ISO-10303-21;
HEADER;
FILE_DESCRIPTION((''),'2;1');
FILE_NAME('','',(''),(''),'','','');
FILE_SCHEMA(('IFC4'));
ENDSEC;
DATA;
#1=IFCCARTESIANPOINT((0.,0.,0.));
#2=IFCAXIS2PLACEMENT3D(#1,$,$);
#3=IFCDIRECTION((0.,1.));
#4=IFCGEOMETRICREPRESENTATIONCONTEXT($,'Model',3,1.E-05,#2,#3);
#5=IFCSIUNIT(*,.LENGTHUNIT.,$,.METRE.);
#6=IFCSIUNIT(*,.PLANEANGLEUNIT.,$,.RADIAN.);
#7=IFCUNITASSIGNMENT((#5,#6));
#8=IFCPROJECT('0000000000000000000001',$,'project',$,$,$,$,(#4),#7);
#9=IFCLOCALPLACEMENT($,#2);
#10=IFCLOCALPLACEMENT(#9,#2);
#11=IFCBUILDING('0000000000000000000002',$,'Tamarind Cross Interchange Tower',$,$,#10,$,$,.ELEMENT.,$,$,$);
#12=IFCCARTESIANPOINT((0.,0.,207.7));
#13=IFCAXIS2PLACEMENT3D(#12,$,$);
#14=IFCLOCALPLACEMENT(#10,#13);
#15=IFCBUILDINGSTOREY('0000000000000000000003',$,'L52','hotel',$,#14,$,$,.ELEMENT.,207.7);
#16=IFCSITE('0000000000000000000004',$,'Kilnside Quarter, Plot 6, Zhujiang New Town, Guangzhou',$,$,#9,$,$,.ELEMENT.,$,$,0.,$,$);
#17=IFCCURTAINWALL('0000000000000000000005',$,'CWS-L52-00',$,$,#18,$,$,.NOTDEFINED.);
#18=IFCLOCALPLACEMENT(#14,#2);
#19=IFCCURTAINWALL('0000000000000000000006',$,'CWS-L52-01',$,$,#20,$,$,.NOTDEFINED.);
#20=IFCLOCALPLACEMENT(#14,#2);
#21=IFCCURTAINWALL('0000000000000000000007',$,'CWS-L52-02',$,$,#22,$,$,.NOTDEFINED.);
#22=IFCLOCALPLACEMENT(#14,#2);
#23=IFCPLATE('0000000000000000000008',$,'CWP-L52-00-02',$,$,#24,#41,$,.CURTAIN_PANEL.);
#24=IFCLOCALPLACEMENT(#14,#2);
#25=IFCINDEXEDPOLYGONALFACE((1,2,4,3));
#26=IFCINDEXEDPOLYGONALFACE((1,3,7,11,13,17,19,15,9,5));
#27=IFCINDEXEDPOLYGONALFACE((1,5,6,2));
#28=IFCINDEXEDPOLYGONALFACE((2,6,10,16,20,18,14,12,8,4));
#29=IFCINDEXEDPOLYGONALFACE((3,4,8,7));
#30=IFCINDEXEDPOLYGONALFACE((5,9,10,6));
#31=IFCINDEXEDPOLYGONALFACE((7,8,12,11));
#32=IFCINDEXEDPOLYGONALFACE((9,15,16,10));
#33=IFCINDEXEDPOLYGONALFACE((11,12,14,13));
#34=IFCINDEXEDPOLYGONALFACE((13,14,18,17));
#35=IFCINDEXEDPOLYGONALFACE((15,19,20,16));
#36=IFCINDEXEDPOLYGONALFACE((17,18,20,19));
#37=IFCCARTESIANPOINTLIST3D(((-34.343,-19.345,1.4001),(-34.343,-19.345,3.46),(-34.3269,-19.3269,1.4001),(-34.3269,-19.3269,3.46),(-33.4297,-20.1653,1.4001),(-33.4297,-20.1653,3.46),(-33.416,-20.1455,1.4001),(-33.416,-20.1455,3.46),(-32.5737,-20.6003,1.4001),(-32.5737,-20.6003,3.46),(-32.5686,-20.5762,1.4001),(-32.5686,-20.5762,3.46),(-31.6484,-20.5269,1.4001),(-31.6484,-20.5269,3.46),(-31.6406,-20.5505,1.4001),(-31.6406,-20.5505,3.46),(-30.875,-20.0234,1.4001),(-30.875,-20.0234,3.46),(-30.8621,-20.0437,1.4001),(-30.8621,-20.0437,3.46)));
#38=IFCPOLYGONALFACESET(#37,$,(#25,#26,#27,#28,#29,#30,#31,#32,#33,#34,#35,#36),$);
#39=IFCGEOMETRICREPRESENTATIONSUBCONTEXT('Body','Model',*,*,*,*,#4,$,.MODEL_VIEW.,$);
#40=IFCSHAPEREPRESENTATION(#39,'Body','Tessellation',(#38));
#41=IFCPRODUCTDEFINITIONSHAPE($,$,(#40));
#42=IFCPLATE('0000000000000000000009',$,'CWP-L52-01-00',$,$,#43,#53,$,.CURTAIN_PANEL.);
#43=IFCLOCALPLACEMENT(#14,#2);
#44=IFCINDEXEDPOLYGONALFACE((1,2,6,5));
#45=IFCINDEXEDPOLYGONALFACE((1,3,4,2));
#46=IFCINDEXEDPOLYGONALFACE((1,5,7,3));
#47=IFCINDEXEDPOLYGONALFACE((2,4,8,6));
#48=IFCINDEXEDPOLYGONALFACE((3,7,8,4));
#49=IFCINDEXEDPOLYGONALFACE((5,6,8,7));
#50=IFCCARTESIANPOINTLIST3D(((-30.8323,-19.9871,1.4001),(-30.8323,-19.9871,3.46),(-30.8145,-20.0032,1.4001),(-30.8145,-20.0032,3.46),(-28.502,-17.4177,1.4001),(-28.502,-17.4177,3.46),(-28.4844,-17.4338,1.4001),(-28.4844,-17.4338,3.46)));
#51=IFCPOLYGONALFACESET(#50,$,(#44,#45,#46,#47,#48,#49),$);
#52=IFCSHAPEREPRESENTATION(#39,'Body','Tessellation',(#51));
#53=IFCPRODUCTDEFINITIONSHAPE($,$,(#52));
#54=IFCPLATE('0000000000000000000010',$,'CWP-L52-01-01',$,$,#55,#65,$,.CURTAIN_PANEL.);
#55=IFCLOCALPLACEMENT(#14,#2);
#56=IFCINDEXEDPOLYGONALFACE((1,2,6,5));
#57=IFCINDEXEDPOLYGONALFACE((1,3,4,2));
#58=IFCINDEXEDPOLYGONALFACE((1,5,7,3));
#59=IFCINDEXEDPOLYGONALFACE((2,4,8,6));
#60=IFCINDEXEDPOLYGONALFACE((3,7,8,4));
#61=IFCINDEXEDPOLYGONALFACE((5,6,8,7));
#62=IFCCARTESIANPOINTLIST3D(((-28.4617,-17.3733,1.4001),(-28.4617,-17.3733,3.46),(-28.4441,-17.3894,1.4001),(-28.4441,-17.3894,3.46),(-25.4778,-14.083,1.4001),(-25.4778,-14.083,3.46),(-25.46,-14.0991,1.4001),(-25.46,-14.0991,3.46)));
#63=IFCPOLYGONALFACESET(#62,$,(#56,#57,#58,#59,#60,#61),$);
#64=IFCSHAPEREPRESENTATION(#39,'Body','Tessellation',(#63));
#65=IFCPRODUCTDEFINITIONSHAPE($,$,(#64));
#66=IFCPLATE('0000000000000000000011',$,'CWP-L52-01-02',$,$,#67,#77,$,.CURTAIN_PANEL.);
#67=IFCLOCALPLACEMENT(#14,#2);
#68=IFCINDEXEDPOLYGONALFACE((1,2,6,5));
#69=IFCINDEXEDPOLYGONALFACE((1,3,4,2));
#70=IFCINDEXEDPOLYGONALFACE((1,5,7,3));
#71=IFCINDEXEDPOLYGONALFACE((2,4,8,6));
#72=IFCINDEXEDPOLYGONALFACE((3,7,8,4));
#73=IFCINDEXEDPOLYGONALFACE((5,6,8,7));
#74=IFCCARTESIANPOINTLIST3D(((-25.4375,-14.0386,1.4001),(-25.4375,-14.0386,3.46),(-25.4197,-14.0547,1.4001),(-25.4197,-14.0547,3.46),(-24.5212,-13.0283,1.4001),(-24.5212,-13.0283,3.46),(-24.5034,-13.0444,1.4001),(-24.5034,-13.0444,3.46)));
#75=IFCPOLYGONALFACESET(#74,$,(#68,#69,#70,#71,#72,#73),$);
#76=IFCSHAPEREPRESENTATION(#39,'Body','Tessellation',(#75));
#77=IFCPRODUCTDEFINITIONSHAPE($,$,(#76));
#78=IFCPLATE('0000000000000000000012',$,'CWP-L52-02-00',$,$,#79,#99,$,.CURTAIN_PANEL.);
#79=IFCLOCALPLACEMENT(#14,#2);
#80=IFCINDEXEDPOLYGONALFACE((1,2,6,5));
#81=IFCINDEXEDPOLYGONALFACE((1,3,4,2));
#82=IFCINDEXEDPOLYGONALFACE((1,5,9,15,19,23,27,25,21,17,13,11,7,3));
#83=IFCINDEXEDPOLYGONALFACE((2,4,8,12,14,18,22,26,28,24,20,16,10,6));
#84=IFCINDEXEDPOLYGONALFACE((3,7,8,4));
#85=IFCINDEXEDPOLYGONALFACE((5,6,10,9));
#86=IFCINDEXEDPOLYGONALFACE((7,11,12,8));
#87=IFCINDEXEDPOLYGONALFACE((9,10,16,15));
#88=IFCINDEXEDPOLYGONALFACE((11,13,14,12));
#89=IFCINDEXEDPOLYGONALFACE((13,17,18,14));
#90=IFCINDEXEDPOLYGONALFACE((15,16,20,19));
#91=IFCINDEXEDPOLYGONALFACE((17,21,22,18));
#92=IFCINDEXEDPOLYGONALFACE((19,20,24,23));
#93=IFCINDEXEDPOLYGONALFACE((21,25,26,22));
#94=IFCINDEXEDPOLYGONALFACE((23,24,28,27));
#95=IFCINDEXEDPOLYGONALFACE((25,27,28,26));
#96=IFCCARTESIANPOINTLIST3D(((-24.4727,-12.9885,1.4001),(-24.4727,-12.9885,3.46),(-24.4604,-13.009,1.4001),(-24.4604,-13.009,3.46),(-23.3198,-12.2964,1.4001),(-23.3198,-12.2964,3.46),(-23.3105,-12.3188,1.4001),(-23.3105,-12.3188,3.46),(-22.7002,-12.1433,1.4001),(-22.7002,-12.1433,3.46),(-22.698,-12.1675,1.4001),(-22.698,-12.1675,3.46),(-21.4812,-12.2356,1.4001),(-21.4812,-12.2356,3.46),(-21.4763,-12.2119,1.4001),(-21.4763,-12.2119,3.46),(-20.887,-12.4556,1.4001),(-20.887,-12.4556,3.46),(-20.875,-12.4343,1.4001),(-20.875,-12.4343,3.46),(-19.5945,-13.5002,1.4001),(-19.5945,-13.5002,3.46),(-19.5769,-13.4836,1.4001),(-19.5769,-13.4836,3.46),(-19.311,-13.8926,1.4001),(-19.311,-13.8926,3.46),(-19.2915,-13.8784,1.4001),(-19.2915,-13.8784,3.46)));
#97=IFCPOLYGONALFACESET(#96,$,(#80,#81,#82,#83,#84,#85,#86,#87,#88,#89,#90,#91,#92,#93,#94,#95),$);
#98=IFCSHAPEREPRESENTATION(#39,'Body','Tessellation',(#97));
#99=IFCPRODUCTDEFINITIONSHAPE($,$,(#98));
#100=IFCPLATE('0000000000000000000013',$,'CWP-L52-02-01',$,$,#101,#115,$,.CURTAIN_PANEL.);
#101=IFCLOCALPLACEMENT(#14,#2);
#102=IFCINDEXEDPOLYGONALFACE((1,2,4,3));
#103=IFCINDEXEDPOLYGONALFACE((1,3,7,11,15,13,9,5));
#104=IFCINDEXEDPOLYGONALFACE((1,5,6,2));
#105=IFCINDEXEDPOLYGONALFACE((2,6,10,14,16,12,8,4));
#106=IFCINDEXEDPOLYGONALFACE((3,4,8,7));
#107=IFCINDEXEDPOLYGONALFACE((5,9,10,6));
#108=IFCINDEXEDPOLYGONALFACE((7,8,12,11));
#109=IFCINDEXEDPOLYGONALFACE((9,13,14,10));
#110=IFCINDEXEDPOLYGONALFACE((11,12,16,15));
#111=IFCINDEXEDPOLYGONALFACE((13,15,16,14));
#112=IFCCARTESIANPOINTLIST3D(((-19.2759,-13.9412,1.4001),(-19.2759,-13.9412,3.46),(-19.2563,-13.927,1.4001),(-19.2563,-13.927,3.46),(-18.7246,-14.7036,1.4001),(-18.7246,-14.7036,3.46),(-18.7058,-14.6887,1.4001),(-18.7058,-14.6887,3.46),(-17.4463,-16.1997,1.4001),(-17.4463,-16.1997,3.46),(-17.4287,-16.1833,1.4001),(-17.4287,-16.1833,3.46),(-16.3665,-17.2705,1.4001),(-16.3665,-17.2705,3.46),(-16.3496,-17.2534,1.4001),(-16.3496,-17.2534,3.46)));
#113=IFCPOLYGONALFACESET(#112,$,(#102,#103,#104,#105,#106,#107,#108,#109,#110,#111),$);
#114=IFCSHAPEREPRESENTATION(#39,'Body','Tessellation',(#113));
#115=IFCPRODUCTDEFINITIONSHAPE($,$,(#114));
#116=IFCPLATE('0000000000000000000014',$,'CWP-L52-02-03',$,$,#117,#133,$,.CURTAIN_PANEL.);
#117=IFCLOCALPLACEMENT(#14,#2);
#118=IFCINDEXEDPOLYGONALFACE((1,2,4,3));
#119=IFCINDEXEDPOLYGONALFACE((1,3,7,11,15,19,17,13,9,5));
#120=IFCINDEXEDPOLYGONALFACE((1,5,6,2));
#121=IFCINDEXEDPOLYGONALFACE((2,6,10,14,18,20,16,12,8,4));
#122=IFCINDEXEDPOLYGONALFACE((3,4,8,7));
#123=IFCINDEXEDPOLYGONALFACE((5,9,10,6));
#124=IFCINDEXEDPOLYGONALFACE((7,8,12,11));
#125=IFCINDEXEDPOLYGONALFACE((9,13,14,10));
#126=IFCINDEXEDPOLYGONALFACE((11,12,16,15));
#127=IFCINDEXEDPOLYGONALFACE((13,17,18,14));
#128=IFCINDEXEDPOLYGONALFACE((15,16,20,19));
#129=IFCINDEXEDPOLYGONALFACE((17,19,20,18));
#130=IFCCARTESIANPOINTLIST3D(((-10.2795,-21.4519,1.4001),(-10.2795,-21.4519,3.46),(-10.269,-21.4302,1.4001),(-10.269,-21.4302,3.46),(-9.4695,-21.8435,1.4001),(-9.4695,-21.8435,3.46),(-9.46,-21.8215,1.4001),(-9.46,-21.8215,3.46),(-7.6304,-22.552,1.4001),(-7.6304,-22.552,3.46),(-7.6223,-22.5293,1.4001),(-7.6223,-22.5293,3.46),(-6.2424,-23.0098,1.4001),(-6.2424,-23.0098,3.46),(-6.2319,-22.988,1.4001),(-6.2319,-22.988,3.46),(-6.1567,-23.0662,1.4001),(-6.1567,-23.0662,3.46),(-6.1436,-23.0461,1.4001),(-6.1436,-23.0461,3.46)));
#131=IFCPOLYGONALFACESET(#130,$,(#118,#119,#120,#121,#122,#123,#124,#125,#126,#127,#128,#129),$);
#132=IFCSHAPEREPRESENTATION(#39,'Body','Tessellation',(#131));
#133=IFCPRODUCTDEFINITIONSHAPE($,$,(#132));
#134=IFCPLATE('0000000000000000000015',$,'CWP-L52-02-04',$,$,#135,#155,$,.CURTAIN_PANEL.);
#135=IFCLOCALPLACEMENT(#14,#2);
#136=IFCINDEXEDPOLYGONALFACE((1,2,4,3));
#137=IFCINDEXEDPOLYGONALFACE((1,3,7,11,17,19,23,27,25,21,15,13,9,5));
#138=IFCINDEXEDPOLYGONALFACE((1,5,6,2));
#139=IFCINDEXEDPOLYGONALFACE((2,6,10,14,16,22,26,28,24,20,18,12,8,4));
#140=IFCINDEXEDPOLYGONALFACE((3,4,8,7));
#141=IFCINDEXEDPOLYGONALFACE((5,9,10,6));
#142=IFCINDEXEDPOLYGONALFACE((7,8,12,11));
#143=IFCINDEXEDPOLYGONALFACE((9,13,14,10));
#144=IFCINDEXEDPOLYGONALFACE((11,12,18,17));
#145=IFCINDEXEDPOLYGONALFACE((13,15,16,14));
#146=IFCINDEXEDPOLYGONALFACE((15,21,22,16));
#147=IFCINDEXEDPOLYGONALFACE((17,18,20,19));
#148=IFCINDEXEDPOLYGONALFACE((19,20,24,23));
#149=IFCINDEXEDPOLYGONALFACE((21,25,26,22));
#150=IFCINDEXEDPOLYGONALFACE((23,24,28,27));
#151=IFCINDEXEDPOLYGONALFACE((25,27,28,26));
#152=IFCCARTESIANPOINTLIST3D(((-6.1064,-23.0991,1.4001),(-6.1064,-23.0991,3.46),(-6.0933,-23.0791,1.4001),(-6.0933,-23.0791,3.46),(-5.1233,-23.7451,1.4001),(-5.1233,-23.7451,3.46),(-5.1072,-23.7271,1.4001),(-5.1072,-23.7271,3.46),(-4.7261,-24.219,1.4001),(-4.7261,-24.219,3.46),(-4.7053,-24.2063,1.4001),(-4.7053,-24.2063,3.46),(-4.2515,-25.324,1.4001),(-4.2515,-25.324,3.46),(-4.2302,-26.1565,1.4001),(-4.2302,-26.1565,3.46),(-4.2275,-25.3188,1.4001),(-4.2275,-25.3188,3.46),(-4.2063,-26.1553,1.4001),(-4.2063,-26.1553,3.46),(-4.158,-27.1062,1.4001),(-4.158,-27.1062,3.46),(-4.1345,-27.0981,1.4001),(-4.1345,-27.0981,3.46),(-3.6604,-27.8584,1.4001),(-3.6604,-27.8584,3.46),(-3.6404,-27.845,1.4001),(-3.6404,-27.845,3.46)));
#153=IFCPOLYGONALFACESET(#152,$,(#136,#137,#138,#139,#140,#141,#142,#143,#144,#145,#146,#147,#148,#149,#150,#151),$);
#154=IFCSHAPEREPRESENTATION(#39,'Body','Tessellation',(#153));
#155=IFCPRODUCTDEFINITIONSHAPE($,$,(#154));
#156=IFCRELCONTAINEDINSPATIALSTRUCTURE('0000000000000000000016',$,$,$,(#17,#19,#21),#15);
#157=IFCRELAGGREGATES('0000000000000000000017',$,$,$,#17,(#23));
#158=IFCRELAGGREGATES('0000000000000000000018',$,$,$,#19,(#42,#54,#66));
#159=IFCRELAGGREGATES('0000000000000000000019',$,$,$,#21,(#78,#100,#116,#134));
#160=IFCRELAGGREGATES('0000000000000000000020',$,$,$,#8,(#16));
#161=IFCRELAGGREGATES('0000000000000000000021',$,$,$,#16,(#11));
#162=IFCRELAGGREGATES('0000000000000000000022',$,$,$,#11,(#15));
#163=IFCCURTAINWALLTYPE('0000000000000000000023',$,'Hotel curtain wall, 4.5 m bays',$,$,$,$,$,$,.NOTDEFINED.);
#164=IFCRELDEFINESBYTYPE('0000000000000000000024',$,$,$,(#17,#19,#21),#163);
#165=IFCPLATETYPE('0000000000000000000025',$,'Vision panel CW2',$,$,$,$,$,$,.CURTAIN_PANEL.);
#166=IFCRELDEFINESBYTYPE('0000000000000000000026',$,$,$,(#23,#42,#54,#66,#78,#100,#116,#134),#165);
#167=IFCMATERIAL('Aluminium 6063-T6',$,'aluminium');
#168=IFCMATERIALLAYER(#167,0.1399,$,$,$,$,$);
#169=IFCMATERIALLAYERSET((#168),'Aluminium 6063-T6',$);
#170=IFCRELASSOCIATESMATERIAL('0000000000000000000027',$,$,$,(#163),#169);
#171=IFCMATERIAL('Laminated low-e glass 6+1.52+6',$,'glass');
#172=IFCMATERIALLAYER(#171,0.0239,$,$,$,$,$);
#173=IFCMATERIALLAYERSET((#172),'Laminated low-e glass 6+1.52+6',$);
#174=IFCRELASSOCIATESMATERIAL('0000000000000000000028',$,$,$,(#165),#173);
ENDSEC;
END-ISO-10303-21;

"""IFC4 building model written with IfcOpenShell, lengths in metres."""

from ifc_helpers import new_model, si_unit, direction, frame, origin, place, context, subcontext, project, spatial, polyline, outline, extrude, material, layer, layer_set, type_object, element, aggregate, save


model = new_model("IFC4")

# Units and contexts
model_context = context("Model", 3, precision=1e-05, world=origin(), true_north=direction((0.0, 1.0)))
body_context = subcontext(model_context, "Body", "Model", "MODEL_VIEW")
ifc_project = project(units=[si_unit("LENGTHUNIT", "METRE"), si_unit("PLANEANGLEUNIT", "RADIAN")], contexts=[model_context])

# Site, building, storey
site_placement = place(None, origin())
site = spatial("IfcSite", under=ifc_project, at=site_placement, Name="Kilnside Quarter, Plot 6, Zhujiang New Town, Guangzhou", CompositionType="ELEMENT", RefElevation=0.0)
building_placement = place(site_placement, origin())
building = spatial("IfcBuilding", under=site, at=building_placement, Name="Tamarind Cross Interchange Tower", CompositionType="ELEMENT")
storey_placement = place(building_placement, frame((0.0, 0.0, 207.7)))
storey = spatial("IfcBuildingStorey", under=building, at=storey_placement, Name="L52", Description="hotel", CompositionType="ELEMENT", Elevation=207.7)

# Curtain walls
ifc_material_1 = material(Name="Aluminium 6063-T6", Category="aluminium")
ifc_layer_1 = layer(ifc_material_1, 0.1399)
ifc_layer_set_1 = layer_set([ifc_layer_1], Name="Aluminium 6063-T6")
curtain_wall_type = type_object("IfcCurtainWallType", Name="Hotel curtain wall, 4.5 m bays", PredefinedType="NOTDEFINED", material=ifc_layer_set_1)
curtain_wall_1_placement = place(storey_placement, origin())
curtain_wall_1 = element("IfcCurtainWall", 1, at=curtain_wall_1_placement, inside=storey, type_object=curtain_wall_type, Name="CWS-L52-00", PredefinedType="NOTDEFINED")
curtain_wall_2_placement = place(storey_placement, origin())
curtain_wall_2 = element("IfcCurtainWall", 2, at=curtain_wall_2_placement, inside=storey, type_object=curtain_wall_type, Name="CWS-L52-01", PredefinedType="NOTDEFINED")

# Curtain wall
curtain_wall_3_placement = place(storey_placement, origin())
curtain_wall_3 = element("IfcCurtainWall", 3, at=curtain_wall_3_placement, inside=storey, type_object=curtain_wall_type, Name="CWS-L52-02", PredefinedType="NOTDEFINED")

# Plates
ifc_material_2 = material(Name="Laminated low-e glass 6+1.52+6", Category="glass")
ifc_layer_2 = layer(ifc_material_2, 0.0239)
ifc_layer_set_2 = layer_set([ifc_layer_2], Name="Laminated low-e glass 6+1.52+6")
plate_type = type_object("IfcPlateType", Name="Vision panel CW2", PredefinedType="CURTAIN_PANEL", material=ifc_layer_set_2)
plate_1_placement = place(storey_placement, frame((0.0, 0.0, 1.4001)))
plate_1 = element("IfcPlate", 4, at=plate_1_placement, type_object=plate_type, Name="CWP-L52-00-02", PredefinedType="CURTAIN_PANEL", context=body_context, shape_type="SweptSolid", body=[
    extrude(outline(polyline([(-34.3269, -19.3269), (-33.416, -20.1455), (-32.5686, -20.5762), (-31.6484, -20.5269), (-30.875, -20.0234), (-30.8621, -20.0437), (-31.6406, -20.5505), (-32.5737, -20.6003), (-33.4297, -20.1653), (-34.343, -19.345), (-34.3269, -19.3269)])), origin(), (0.0, 0.0, 1.0), 2.0598),
])
aggregate(curtain_wall_1, [plate_1])
plate_2_placement = place(storey_placement, frame((0.0, 0.0, 1.4001)))
plate_2 = element("IfcPlate", 5, at=plate_2_placement, type_object=plate_type, Name="CWP-L52-01-00", PredefinedType="CURTAIN_PANEL", context=body_context, shape_type="SweptSolid", body=[
    extrude(outline(polyline([(-30.8323, -19.9871), (-28.502, -17.4177), (-28.4844, -17.4338), (-30.8145, -20.0032), (-30.8323, -19.9871)])), origin(), (0.0, 0.0, 1.0), 2.0598),
])
plate_3_placement = place(storey_placement, frame((0.0, 0.0, 1.4001)))
plate_3 = element("IfcPlate", 6, at=plate_3_placement, type_object=plate_type, Name="CWP-L52-01-01", PredefinedType="CURTAIN_PANEL", context=body_context, shape_type="SweptSolid", body=[
    extrude(outline(polyline([(-28.4617, -17.3733), (-25.4778, -14.083), (-25.46, -14.0991), (-28.4441, -17.3894), (-28.4617, -17.3733)])), origin(), (0.0, 0.0, 1.0), 2.0598),
])
plate_4_placement = place(storey_placement, frame((0.0, 0.0, 1.4001)))
plate_4 = element("IfcPlate", 7, at=plate_4_placement, type_object=plate_type, Name="CWP-L52-01-02", PredefinedType="CURTAIN_PANEL", context=body_context, shape_type="SweptSolid", body=[
    extrude(outline(polyline([(-25.4375, -14.0386), (-24.5212, -13.0283), (-24.5034, -13.0444), (-25.4197, -14.0547), (-25.4375, -14.0386)])), origin(), (0.0, 0.0, 1.0), 2.0598),
])
aggregate(curtain_wall_2, [plate_2, plate_3, plate_4])
plate_5_placement = place(storey_placement, frame((0.0, 0.0, 1.4001)))
plate_5 = element("IfcPlate", 8, at=plate_5_placement, type_object=plate_type, Name="CWP-L52-02-00", PredefinedType="CURTAIN_PANEL", context=body_context, shape_type="SweptSolid", body=[
    extrude(outline(polyline([(-24.4727, -12.9885), (-23.3198, -12.2964), (-22.7002, -12.1433), (-21.4763, -12.2119), (-20.875, -12.4343), (-19.5769, -13.4836), (-19.2915, -13.8784), (-19.311, -13.8926), (-19.5945, -13.5002), (-20.887, -12.4556), (-21.4812, -12.2356), (-22.698, -12.1675), (-23.3105, -12.3188), (-24.4604, -13.009), (-24.4727, -12.9885)])), origin(), (0.0, 0.0, 1.0), 2.0598),
])
plate_6_placement = place(storey_placement, frame((0.0, 0.0, 1.4001)))
plate_6 = element("IfcPlate", 9, at=plate_6_placement, type_object=plate_type, Name="CWP-L52-02-01", PredefinedType="CURTAIN_PANEL", context=body_context, shape_type="SweptSolid", body=[
    extrude(outline(polyline([(-19.2563, -13.927), (-18.7058, -14.6887), (-17.4287, -16.1833), (-16.3496, -17.2534), (-16.3665, -17.2705), (-17.4463, -16.1997), (-18.7246, -14.7036), (-19.2759, -13.9412), (-19.2563, -13.927)])), origin(), (0.0, 0.0, 1.0), 2.0598),
])
plate_7_placement = place(storey_placement, frame((0.0, 0.0, 1.4001)))
plate_7 = element("IfcPlate", 10, at=plate_7_placement, type_object=plate_type, Name="CWP-L52-02-03", PredefinedType="CURTAIN_PANEL", context=body_context, shape_type="SweptSolid", body=[
    extrude(outline(polyline([(-10.269, -21.4302), (-9.46, -21.8215), (-7.6223, -22.5293), (-6.2319, -22.988), (-6.1436, -23.0461), (-6.1567, -23.0662), (-6.2424, -23.0098), (-7.6304, -22.552), (-9.4695, -21.8435), (-10.2795, -21.4519), (-10.269, -21.4302)])), origin(), (0.0, 0.0, 1.0), 2.0598),
])
plate_8_placement = place(storey_placement, frame((0.0, 0.0, 1.4001)))
plate_8 = element("IfcPlate", 11, at=plate_8_placement, type_object=plate_type, Name="CWP-L52-02-04", PredefinedType="CURTAIN_PANEL", context=body_context, shape_type="SweptSolid", body=[
    extrude(outline(polyline([(-6.0933, -23.0791), (-5.1072, -23.7271), (-4.7053, -24.2063), (-4.2275, -25.3188), (-4.2063, -26.1553), (-4.1345, -27.0981), (-3.6404, -27.845), (-3.6604, -27.8584), (-4.158, -27.1062), (-4.2302, -26.1565), (-4.2515, -25.324), (-4.7261, -24.219), (-5.1233, -23.7451), (-6.1064, -23.0991), (-6.0933, -23.0791)])), origin(), (0.0, 0.0, 1.0), 2.0598),
])
aggregate(curtain_wall_3, [plate_5, plate_6, plate_7, plate_8])

save(model, "model.ifc")
